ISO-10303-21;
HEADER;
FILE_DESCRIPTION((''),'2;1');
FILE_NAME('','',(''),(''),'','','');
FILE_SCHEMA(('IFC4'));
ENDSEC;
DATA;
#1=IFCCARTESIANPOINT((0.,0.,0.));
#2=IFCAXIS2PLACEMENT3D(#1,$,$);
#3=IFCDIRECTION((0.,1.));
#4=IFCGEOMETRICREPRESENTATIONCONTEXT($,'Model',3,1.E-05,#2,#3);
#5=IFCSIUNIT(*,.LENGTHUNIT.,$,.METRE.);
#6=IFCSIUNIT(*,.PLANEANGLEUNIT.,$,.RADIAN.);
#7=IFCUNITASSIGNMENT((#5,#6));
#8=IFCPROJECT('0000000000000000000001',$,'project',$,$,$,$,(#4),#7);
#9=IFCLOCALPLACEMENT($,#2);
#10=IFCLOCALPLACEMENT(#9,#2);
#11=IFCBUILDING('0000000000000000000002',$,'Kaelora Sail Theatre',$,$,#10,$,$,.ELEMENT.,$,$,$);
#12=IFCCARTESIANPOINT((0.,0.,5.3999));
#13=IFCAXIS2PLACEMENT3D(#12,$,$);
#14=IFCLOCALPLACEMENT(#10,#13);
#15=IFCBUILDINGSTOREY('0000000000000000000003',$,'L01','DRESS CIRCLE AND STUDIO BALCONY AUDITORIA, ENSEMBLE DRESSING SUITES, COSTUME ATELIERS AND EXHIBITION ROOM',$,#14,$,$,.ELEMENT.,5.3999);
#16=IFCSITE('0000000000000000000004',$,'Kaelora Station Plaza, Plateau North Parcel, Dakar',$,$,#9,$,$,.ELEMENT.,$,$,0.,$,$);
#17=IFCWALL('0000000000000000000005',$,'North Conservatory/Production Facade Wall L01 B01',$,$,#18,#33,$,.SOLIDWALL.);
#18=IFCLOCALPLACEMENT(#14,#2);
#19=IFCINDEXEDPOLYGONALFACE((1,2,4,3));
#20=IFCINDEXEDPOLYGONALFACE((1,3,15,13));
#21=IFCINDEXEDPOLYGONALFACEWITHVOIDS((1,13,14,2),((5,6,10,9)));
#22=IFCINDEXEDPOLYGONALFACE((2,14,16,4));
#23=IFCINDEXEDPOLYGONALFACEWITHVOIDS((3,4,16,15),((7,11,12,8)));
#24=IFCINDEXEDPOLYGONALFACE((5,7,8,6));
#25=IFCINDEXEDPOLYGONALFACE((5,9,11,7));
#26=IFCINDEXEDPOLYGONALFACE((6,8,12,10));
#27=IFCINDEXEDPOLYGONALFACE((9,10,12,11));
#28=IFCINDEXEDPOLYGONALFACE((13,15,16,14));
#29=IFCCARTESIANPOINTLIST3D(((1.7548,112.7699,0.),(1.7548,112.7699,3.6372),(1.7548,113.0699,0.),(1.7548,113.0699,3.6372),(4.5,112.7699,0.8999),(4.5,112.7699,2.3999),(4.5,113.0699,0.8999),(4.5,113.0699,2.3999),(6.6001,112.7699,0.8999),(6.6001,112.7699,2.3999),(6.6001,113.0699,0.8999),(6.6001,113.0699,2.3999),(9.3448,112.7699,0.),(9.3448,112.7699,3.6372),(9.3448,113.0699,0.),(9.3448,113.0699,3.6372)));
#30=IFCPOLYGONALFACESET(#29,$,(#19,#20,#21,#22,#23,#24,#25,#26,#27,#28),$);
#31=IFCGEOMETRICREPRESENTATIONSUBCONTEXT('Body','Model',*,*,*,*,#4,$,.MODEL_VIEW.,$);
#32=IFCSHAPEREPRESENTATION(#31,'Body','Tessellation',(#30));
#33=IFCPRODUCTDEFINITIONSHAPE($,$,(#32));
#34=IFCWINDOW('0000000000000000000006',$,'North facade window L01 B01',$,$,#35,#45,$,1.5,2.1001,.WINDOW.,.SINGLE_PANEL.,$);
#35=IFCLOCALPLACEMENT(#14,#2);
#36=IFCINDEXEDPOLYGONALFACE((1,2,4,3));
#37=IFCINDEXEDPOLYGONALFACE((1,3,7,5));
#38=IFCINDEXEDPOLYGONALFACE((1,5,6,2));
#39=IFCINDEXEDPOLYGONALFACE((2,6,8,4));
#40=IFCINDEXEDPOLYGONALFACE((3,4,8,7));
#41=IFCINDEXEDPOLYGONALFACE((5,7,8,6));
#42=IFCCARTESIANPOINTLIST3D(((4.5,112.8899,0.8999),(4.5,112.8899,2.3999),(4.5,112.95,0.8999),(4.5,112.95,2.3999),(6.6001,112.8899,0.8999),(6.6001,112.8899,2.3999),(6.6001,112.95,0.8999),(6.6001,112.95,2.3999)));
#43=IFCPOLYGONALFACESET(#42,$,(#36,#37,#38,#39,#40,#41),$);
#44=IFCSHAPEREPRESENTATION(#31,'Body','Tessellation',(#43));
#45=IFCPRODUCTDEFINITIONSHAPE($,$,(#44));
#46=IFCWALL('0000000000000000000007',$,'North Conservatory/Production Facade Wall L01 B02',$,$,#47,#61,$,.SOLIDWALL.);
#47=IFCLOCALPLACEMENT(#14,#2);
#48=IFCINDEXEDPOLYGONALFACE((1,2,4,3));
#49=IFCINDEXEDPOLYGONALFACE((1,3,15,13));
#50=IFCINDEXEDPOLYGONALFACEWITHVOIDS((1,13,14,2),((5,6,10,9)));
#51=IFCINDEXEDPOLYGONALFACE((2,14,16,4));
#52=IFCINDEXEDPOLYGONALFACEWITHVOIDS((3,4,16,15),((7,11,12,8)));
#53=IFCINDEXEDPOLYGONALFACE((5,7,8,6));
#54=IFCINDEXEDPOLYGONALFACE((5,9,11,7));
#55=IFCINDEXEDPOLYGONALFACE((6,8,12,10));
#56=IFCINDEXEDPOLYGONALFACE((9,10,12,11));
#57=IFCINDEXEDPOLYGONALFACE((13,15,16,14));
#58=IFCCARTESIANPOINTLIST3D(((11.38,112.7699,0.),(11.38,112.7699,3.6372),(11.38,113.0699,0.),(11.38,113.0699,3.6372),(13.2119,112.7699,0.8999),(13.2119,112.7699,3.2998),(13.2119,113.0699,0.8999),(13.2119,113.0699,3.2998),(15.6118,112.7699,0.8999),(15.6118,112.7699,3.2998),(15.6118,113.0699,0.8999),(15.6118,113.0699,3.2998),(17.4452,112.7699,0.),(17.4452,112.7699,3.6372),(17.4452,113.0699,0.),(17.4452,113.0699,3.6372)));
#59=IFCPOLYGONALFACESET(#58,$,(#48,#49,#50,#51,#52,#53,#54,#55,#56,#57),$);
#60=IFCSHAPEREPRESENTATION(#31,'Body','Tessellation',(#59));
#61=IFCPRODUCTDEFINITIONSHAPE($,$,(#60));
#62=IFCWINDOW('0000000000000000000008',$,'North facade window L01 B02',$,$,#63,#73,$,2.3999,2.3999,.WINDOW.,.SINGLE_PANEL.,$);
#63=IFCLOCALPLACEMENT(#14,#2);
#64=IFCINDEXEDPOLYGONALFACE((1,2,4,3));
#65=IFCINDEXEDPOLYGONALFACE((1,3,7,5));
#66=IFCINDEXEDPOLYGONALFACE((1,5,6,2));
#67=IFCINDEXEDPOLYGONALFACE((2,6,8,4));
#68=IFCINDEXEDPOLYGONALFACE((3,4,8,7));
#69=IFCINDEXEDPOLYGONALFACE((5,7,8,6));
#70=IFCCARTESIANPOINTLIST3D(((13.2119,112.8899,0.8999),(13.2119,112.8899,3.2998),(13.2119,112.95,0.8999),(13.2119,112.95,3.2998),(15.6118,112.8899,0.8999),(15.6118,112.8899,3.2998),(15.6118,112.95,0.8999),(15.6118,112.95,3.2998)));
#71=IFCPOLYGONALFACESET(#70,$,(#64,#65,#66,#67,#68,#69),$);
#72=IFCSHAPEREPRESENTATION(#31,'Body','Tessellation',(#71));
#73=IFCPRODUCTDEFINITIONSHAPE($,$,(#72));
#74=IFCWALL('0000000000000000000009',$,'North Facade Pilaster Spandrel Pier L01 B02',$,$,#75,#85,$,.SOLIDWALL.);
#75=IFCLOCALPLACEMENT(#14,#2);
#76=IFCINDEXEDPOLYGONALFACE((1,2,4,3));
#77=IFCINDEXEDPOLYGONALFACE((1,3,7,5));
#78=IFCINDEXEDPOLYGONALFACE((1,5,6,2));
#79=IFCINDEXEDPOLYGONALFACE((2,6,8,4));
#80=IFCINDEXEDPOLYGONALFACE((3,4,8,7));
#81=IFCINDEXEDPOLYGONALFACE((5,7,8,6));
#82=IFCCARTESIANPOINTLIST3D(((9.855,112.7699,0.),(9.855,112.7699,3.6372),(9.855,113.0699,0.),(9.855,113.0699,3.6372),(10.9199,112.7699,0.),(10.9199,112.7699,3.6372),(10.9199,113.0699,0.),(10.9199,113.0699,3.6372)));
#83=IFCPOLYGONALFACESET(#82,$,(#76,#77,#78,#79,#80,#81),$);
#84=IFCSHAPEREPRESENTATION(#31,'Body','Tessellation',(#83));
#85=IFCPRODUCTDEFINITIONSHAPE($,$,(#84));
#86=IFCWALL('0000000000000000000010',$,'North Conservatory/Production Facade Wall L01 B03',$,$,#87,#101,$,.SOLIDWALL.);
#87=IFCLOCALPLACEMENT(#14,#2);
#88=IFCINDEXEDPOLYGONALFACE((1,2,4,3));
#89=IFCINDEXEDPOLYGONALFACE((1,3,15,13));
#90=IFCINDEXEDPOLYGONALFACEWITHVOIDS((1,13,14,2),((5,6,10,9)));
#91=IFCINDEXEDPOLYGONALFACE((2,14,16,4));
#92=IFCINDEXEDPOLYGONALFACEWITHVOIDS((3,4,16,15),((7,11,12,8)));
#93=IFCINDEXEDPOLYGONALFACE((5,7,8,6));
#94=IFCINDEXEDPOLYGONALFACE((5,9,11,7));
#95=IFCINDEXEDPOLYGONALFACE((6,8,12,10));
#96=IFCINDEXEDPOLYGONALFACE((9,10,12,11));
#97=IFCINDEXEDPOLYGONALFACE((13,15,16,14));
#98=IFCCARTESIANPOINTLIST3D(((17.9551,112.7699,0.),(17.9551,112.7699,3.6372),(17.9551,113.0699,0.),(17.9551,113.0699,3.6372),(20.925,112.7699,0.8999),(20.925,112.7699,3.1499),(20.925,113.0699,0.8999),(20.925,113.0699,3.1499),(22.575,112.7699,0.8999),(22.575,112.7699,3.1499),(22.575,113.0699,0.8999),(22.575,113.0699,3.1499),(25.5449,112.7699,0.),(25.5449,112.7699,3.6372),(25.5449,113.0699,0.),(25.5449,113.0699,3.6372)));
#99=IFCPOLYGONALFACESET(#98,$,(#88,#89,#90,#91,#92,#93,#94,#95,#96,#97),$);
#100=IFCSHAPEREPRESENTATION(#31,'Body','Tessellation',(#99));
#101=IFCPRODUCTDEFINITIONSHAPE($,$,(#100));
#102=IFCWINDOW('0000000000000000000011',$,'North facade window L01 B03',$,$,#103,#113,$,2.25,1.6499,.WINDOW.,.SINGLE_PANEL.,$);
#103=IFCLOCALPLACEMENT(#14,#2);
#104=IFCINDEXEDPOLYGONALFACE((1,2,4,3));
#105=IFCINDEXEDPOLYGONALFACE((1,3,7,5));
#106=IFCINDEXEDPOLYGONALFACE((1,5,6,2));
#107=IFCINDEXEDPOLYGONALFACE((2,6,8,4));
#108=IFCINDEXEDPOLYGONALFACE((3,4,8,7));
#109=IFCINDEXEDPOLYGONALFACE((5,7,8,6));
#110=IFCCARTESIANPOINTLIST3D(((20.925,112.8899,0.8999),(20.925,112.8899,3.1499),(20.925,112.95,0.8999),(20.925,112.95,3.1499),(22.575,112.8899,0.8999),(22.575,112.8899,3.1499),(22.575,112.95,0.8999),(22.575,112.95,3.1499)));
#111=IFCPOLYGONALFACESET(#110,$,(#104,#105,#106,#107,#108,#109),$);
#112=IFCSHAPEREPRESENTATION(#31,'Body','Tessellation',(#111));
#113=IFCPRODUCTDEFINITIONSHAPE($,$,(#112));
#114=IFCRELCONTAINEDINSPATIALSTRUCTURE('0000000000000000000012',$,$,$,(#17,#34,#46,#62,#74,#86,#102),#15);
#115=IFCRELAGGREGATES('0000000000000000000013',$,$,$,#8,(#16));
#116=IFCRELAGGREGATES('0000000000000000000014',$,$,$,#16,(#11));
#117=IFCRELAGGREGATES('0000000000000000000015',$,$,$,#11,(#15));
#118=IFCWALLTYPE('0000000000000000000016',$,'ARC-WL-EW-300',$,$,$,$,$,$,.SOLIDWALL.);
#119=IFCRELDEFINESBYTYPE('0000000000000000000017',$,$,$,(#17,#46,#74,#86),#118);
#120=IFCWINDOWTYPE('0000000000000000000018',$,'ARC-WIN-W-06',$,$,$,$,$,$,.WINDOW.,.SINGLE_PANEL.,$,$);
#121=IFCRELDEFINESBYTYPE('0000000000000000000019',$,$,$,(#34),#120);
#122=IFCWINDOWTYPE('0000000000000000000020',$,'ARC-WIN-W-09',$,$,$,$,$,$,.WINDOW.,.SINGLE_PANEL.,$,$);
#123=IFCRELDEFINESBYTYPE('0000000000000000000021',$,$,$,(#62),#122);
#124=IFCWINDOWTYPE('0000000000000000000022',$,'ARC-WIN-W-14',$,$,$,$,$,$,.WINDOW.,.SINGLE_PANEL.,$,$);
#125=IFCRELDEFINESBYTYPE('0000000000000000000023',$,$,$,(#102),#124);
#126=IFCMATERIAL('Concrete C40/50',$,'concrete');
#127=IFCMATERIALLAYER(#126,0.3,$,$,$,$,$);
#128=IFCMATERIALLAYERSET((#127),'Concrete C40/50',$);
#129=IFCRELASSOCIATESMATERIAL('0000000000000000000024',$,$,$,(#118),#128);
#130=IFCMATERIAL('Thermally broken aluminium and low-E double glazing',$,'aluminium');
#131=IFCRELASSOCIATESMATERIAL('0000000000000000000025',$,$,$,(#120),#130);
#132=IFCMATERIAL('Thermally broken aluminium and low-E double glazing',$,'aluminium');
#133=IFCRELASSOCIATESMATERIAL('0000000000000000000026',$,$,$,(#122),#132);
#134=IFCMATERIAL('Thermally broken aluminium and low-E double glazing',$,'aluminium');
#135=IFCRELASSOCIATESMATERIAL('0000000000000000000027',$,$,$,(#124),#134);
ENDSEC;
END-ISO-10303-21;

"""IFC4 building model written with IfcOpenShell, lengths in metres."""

from ifc_helpers import new_model, si_unit, direction, frame, frame_2d, origin, place, context, subcontext, project, spatial, rectangle, extrude, material, layer, layer_set, type_object, element, fill, save


model = new_model("IFC4")

# Units and contexts
model_context = context("Model", 3, precision=1e-05, world=origin(), true_north=direction((0.0, 1.0)))
body_context = subcontext(model_context, "Body", "Model", "MODEL_VIEW")
ifc_project = project(units=[si_unit("LENGTHUNIT", "METRE"), si_unit("PLANEANGLEUNIT", "RADIAN")], contexts=[model_context])

# Site, building, storey
site_placement = place(None, origin())
site = spatial("IfcSite", under=ifc_project, at=site_placement, Name="Kaelora Station Plaza, Plateau North Parcel, Dakar", CompositionType="ELEMENT", RefElevation=0.0)
building_placement = place(site_placement, origin())
building = spatial("IfcBuilding", under=site, at=building_placement, Name="Kaelora Sail Theatre", CompositionType="ELEMENT")
storey_placement = place(building_placement, frame((0.0, 0.0, 5.3999)))
storey = spatial("IfcBuildingStorey", under=building, at=storey_placement, Name="L01", Description="DRESS CIRCLE AND STUDIO BALCONY AUDITORIA, ENSEMBLE DRESSING SUITES, COSTUME ATELIERS AND EXHIBITION ROOM", CompositionType="ELEMENT", Elevation=5.3999)

# Walls, openings, windows
ifc_material_1 = material(Name="Concrete C40/50", Category="concrete")
ifc_layer_1 = layer(ifc_material_1, 0.3)
ifc_layer_set_1 = layer_set([ifc_layer_1], Name="Concrete C40/50")
wall_type_1 = type_object("IfcWallType", Name="ARC-WL-EW-300", PredefinedType="SOLIDWALL", material=ifc_layer_set_1)
wall_1_placement = place(storey_placement, frame((1.7549, 112.9199, 0.0), z_axis=(0.0, 0.0, 1.0), x_axis=(1.0, 0.0, 0.0)))
wall_1 = element("IfcWall", 1, at=wall_1_placement, inside=storey, type_object=wall_type_1, Name="North Conservatory/Production Facade Wall L01 B01", PredefinedType="SOLIDWALL", context=body_context, shape_type="SweptSolid", body=[
    extrude(rectangle(XDim=7.5901, YDim=0.3, at=frame_2d((3.7949, 0.0))), origin(), (0.0, 0.0, 1.0), 3.6372),
])
opening_1_placement = place(wall_1_placement, frame((2.7451, 0.0, 0.8999)))
opening_1 = element("IfcOpeningElement", 2, at=opening_1_placement, cuts=wall_1, PredefinedType="OPENING", context=body_context, shape_type="SweptSolid", body=[
    extrude(rectangle(XDim=2.1001, YDim=1.5, at=frame_2d((1.05, 0.75))), frame((0.0, 0.1599, 0.0), z_axis=(0.0, -1.0, 0.0), x_axis=(1.0, 0.0, 0.0)), (0.0, 0.0, 1.0), 0.32),
])
ifc_material_2 = material(Name="Thermally broken aluminium and low-E double glazing", Category="aluminium")
window_type_1 = type_object("IfcWindowType", Name="ARC-WIN-W-06", PartitioningType="SINGLE_PANEL", PredefinedType="WINDOW", material=ifc_material_2)
window_1_placement = place(opening_1_placement, origin())
window_1 = element("IfcWindow", 3, at=window_1_placement, inside=storey, type_object=window_type_1, Name="North facade window L01 B01", OverallHeight=1.5, OverallWidth=2.1001, PartitioningType="SINGLE_PANEL", PredefinedType="WINDOW", context=body_context, shape_type="SweptSolid", body=[
    extrude(rectangle(XDim=2.1001, YDim=1.5, at=frame_2d((1.05, 0.75))), frame((0.0, 0.03, 0.0), z_axis=(0.0, -1.0, 0.0), x_axis=(1.0, 0.0, 0.0)), (0.0, 0.0, 1.0), 0.0601),
])
fill(opening_1, window_1)
wall_2_placement = place(storey_placement, frame((11.3799, 112.9199, 0.0), z_axis=(0.0, 0.0, 1.0), x_axis=(1.0, 0.0, 0.0)))
wall_2 = element("IfcWall", 4, at=wall_2_placement, inside=storey, type_object=wall_type_1, Name="North Conservatory/Production Facade Wall L01 B02", PredefinedType="SOLIDWALL", context=body_context, shape_type="SweptSolid", body=[
    extrude(rectangle(XDim=6.0652, YDim=0.3, at=frame_2d((3.0327, 0.0))), origin(), (0.0, 0.0, 1.0), 3.6372),
])
opening_2_placement = place(wall_2_placement, frame((1.832, 0.0, 0.8999)))
opening_2 = element("IfcOpeningElement", 5, at=opening_2_placement, cuts=wall_2, PredefinedType="OPENING", context=body_context, shape_type="SweptSolid", body=[
    extrude(rectangle(XDim=2.3999, YDim=2.3999, at=frame_2d((1.2, 1.2))), frame((0.0, 0.1599, 0.0), z_axis=(0.0, -1.0, 0.0), x_axis=(1.0, 0.0, 0.0)), (0.0, 0.0, 1.0), 0.32),
])
ifc_material_3 = material(Name="Thermally broken aluminium and low-E double glazing", Category="aluminium")
window_type_2 = type_object("IfcWindowType", Name="ARC-WIN-W-09", PartitioningType="SINGLE_PANEL", PredefinedType="WINDOW", material=ifc_material_3)
window_2_placement = place(opening_2_placement, origin())
window_2 = element("IfcWindow", 6, at=window_2_placement, inside=storey, type_object=window_type_2, Name="North facade window L01 B02", OverallHeight=2.3999, OverallWidth=2.3999, PartitioningType="SINGLE_PANEL", PredefinedType="WINDOW", context=body_context, shape_type="SweptSolid", body=[
    extrude(rectangle(XDim=2.3999, YDim=2.3999, at=frame_2d((1.2, 1.2))), frame((0.0, 0.03, 0.0), z_axis=(0.0, -1.0, 0.0), x_axis=(1.0, 0.0, 0.0)), (0.0, 0.0, 1.0), 0.0601),
])
fill(opening_2, window_2)

# Wall
wall_3_placement = place(storey_placement, frame((9.855, 112.9199, 0.0), z_axis=(0.0, 0.0, 1.0), x_axis=(1.0, 0.0, 0.0)))
element("IfcWall", 7, at=wall_3_placement, inside=storey, type_object=wall_type_1, Name="North Facade Pilaster Spandrel Pier L01 B02", PredefinedType="SOLIDWALL", context=body_context, shape_type="SweptSolid", body=[
    extrude(rectangle(XDim=1.0649, YDim=0.3, at=frame_2d((0.5325, 0.0))), origin(), (0.0, 0.0, 1.0), 3.6372),
])

# Wall, opening, window
wall_4_placement = place(storey_placement, frame((17.9551, 112.9199, 0.0), z_axis=(0.0, 0.0, 1.0), x_axis=(1.0, 0.0, 0.0)))
wall_4 = element("IfcWall", 8, at=wall_4_placement, inside=storey, type_object=wall_type_1, Name="North Conservatory/Production Facade Wall L01 B03", PredefinedType="SOLIDWALL", context=body_context, shape_type="SweptSolid", body=[
    extrude(rectangle(XDim=7.5898, YDim=0.3, at=frame_2d((3.7949, 0.0))), origin(), (0.0, 0.0, 1.0), 3.6372),
])
opening_3_placement = place(wall_4_placement, frame((2.97, 0.0, 0.8999)))
opening_3 = element("IfcOpeningElement", 9, at=opening_3_placement, cuts=wall_4, PredefinedType="OPENING", context=body_context, shape_type="SweptSolid", body=[
    extrude(rectangle(XDim=1.6499, YDim=2.25, at=frame_2d((0.825, 1.125))), frame((0.0, 0.1599, 0.0), z_axis=(0.0, -1.0, 0.0), x_axis=(1.0, 0.0, 0.0)), (0.0, 0.0, 1.0), 0.32),
])
ifc_material_4 = material(Name="Thermally broken aluminium and low-E double glazing", Category="aluminium")
window_type_3 = type_object("IfcWindowType", Name="ARC-WIN-W-14", PartitioningType="SINGLE_PANEL", PredefinedType="WINDOW", material=ifc_material_4)
window_3_placement = place(opening_3_placement, origin())
window_3 = element("IfcWindow", 10, at=window_3_placement, inside=storey, type_object=window_type_3, Name="North facade window L01 B03", OverallHeight=2.25, OverallWidth=1.6499, PartitioningType="SINGLE_PANEL", PredefinedType="WINDOW", context=body_context, shape_type="SweptSolid", body=[
    extrude(rectangle(XDim=1.6499, YDim=2.25, at=frame_2d((0.825, 1.125))), frame((0.0, 0.03, 0.0), z_axis=(0.0, -1.0, 0.0), x_axis=(1.0, 0.0, 0.0)), (0.0, 0.0, 1.0), 0.0601),
])
fill(opening_3, window_3)

save(model, "model.ifc")
